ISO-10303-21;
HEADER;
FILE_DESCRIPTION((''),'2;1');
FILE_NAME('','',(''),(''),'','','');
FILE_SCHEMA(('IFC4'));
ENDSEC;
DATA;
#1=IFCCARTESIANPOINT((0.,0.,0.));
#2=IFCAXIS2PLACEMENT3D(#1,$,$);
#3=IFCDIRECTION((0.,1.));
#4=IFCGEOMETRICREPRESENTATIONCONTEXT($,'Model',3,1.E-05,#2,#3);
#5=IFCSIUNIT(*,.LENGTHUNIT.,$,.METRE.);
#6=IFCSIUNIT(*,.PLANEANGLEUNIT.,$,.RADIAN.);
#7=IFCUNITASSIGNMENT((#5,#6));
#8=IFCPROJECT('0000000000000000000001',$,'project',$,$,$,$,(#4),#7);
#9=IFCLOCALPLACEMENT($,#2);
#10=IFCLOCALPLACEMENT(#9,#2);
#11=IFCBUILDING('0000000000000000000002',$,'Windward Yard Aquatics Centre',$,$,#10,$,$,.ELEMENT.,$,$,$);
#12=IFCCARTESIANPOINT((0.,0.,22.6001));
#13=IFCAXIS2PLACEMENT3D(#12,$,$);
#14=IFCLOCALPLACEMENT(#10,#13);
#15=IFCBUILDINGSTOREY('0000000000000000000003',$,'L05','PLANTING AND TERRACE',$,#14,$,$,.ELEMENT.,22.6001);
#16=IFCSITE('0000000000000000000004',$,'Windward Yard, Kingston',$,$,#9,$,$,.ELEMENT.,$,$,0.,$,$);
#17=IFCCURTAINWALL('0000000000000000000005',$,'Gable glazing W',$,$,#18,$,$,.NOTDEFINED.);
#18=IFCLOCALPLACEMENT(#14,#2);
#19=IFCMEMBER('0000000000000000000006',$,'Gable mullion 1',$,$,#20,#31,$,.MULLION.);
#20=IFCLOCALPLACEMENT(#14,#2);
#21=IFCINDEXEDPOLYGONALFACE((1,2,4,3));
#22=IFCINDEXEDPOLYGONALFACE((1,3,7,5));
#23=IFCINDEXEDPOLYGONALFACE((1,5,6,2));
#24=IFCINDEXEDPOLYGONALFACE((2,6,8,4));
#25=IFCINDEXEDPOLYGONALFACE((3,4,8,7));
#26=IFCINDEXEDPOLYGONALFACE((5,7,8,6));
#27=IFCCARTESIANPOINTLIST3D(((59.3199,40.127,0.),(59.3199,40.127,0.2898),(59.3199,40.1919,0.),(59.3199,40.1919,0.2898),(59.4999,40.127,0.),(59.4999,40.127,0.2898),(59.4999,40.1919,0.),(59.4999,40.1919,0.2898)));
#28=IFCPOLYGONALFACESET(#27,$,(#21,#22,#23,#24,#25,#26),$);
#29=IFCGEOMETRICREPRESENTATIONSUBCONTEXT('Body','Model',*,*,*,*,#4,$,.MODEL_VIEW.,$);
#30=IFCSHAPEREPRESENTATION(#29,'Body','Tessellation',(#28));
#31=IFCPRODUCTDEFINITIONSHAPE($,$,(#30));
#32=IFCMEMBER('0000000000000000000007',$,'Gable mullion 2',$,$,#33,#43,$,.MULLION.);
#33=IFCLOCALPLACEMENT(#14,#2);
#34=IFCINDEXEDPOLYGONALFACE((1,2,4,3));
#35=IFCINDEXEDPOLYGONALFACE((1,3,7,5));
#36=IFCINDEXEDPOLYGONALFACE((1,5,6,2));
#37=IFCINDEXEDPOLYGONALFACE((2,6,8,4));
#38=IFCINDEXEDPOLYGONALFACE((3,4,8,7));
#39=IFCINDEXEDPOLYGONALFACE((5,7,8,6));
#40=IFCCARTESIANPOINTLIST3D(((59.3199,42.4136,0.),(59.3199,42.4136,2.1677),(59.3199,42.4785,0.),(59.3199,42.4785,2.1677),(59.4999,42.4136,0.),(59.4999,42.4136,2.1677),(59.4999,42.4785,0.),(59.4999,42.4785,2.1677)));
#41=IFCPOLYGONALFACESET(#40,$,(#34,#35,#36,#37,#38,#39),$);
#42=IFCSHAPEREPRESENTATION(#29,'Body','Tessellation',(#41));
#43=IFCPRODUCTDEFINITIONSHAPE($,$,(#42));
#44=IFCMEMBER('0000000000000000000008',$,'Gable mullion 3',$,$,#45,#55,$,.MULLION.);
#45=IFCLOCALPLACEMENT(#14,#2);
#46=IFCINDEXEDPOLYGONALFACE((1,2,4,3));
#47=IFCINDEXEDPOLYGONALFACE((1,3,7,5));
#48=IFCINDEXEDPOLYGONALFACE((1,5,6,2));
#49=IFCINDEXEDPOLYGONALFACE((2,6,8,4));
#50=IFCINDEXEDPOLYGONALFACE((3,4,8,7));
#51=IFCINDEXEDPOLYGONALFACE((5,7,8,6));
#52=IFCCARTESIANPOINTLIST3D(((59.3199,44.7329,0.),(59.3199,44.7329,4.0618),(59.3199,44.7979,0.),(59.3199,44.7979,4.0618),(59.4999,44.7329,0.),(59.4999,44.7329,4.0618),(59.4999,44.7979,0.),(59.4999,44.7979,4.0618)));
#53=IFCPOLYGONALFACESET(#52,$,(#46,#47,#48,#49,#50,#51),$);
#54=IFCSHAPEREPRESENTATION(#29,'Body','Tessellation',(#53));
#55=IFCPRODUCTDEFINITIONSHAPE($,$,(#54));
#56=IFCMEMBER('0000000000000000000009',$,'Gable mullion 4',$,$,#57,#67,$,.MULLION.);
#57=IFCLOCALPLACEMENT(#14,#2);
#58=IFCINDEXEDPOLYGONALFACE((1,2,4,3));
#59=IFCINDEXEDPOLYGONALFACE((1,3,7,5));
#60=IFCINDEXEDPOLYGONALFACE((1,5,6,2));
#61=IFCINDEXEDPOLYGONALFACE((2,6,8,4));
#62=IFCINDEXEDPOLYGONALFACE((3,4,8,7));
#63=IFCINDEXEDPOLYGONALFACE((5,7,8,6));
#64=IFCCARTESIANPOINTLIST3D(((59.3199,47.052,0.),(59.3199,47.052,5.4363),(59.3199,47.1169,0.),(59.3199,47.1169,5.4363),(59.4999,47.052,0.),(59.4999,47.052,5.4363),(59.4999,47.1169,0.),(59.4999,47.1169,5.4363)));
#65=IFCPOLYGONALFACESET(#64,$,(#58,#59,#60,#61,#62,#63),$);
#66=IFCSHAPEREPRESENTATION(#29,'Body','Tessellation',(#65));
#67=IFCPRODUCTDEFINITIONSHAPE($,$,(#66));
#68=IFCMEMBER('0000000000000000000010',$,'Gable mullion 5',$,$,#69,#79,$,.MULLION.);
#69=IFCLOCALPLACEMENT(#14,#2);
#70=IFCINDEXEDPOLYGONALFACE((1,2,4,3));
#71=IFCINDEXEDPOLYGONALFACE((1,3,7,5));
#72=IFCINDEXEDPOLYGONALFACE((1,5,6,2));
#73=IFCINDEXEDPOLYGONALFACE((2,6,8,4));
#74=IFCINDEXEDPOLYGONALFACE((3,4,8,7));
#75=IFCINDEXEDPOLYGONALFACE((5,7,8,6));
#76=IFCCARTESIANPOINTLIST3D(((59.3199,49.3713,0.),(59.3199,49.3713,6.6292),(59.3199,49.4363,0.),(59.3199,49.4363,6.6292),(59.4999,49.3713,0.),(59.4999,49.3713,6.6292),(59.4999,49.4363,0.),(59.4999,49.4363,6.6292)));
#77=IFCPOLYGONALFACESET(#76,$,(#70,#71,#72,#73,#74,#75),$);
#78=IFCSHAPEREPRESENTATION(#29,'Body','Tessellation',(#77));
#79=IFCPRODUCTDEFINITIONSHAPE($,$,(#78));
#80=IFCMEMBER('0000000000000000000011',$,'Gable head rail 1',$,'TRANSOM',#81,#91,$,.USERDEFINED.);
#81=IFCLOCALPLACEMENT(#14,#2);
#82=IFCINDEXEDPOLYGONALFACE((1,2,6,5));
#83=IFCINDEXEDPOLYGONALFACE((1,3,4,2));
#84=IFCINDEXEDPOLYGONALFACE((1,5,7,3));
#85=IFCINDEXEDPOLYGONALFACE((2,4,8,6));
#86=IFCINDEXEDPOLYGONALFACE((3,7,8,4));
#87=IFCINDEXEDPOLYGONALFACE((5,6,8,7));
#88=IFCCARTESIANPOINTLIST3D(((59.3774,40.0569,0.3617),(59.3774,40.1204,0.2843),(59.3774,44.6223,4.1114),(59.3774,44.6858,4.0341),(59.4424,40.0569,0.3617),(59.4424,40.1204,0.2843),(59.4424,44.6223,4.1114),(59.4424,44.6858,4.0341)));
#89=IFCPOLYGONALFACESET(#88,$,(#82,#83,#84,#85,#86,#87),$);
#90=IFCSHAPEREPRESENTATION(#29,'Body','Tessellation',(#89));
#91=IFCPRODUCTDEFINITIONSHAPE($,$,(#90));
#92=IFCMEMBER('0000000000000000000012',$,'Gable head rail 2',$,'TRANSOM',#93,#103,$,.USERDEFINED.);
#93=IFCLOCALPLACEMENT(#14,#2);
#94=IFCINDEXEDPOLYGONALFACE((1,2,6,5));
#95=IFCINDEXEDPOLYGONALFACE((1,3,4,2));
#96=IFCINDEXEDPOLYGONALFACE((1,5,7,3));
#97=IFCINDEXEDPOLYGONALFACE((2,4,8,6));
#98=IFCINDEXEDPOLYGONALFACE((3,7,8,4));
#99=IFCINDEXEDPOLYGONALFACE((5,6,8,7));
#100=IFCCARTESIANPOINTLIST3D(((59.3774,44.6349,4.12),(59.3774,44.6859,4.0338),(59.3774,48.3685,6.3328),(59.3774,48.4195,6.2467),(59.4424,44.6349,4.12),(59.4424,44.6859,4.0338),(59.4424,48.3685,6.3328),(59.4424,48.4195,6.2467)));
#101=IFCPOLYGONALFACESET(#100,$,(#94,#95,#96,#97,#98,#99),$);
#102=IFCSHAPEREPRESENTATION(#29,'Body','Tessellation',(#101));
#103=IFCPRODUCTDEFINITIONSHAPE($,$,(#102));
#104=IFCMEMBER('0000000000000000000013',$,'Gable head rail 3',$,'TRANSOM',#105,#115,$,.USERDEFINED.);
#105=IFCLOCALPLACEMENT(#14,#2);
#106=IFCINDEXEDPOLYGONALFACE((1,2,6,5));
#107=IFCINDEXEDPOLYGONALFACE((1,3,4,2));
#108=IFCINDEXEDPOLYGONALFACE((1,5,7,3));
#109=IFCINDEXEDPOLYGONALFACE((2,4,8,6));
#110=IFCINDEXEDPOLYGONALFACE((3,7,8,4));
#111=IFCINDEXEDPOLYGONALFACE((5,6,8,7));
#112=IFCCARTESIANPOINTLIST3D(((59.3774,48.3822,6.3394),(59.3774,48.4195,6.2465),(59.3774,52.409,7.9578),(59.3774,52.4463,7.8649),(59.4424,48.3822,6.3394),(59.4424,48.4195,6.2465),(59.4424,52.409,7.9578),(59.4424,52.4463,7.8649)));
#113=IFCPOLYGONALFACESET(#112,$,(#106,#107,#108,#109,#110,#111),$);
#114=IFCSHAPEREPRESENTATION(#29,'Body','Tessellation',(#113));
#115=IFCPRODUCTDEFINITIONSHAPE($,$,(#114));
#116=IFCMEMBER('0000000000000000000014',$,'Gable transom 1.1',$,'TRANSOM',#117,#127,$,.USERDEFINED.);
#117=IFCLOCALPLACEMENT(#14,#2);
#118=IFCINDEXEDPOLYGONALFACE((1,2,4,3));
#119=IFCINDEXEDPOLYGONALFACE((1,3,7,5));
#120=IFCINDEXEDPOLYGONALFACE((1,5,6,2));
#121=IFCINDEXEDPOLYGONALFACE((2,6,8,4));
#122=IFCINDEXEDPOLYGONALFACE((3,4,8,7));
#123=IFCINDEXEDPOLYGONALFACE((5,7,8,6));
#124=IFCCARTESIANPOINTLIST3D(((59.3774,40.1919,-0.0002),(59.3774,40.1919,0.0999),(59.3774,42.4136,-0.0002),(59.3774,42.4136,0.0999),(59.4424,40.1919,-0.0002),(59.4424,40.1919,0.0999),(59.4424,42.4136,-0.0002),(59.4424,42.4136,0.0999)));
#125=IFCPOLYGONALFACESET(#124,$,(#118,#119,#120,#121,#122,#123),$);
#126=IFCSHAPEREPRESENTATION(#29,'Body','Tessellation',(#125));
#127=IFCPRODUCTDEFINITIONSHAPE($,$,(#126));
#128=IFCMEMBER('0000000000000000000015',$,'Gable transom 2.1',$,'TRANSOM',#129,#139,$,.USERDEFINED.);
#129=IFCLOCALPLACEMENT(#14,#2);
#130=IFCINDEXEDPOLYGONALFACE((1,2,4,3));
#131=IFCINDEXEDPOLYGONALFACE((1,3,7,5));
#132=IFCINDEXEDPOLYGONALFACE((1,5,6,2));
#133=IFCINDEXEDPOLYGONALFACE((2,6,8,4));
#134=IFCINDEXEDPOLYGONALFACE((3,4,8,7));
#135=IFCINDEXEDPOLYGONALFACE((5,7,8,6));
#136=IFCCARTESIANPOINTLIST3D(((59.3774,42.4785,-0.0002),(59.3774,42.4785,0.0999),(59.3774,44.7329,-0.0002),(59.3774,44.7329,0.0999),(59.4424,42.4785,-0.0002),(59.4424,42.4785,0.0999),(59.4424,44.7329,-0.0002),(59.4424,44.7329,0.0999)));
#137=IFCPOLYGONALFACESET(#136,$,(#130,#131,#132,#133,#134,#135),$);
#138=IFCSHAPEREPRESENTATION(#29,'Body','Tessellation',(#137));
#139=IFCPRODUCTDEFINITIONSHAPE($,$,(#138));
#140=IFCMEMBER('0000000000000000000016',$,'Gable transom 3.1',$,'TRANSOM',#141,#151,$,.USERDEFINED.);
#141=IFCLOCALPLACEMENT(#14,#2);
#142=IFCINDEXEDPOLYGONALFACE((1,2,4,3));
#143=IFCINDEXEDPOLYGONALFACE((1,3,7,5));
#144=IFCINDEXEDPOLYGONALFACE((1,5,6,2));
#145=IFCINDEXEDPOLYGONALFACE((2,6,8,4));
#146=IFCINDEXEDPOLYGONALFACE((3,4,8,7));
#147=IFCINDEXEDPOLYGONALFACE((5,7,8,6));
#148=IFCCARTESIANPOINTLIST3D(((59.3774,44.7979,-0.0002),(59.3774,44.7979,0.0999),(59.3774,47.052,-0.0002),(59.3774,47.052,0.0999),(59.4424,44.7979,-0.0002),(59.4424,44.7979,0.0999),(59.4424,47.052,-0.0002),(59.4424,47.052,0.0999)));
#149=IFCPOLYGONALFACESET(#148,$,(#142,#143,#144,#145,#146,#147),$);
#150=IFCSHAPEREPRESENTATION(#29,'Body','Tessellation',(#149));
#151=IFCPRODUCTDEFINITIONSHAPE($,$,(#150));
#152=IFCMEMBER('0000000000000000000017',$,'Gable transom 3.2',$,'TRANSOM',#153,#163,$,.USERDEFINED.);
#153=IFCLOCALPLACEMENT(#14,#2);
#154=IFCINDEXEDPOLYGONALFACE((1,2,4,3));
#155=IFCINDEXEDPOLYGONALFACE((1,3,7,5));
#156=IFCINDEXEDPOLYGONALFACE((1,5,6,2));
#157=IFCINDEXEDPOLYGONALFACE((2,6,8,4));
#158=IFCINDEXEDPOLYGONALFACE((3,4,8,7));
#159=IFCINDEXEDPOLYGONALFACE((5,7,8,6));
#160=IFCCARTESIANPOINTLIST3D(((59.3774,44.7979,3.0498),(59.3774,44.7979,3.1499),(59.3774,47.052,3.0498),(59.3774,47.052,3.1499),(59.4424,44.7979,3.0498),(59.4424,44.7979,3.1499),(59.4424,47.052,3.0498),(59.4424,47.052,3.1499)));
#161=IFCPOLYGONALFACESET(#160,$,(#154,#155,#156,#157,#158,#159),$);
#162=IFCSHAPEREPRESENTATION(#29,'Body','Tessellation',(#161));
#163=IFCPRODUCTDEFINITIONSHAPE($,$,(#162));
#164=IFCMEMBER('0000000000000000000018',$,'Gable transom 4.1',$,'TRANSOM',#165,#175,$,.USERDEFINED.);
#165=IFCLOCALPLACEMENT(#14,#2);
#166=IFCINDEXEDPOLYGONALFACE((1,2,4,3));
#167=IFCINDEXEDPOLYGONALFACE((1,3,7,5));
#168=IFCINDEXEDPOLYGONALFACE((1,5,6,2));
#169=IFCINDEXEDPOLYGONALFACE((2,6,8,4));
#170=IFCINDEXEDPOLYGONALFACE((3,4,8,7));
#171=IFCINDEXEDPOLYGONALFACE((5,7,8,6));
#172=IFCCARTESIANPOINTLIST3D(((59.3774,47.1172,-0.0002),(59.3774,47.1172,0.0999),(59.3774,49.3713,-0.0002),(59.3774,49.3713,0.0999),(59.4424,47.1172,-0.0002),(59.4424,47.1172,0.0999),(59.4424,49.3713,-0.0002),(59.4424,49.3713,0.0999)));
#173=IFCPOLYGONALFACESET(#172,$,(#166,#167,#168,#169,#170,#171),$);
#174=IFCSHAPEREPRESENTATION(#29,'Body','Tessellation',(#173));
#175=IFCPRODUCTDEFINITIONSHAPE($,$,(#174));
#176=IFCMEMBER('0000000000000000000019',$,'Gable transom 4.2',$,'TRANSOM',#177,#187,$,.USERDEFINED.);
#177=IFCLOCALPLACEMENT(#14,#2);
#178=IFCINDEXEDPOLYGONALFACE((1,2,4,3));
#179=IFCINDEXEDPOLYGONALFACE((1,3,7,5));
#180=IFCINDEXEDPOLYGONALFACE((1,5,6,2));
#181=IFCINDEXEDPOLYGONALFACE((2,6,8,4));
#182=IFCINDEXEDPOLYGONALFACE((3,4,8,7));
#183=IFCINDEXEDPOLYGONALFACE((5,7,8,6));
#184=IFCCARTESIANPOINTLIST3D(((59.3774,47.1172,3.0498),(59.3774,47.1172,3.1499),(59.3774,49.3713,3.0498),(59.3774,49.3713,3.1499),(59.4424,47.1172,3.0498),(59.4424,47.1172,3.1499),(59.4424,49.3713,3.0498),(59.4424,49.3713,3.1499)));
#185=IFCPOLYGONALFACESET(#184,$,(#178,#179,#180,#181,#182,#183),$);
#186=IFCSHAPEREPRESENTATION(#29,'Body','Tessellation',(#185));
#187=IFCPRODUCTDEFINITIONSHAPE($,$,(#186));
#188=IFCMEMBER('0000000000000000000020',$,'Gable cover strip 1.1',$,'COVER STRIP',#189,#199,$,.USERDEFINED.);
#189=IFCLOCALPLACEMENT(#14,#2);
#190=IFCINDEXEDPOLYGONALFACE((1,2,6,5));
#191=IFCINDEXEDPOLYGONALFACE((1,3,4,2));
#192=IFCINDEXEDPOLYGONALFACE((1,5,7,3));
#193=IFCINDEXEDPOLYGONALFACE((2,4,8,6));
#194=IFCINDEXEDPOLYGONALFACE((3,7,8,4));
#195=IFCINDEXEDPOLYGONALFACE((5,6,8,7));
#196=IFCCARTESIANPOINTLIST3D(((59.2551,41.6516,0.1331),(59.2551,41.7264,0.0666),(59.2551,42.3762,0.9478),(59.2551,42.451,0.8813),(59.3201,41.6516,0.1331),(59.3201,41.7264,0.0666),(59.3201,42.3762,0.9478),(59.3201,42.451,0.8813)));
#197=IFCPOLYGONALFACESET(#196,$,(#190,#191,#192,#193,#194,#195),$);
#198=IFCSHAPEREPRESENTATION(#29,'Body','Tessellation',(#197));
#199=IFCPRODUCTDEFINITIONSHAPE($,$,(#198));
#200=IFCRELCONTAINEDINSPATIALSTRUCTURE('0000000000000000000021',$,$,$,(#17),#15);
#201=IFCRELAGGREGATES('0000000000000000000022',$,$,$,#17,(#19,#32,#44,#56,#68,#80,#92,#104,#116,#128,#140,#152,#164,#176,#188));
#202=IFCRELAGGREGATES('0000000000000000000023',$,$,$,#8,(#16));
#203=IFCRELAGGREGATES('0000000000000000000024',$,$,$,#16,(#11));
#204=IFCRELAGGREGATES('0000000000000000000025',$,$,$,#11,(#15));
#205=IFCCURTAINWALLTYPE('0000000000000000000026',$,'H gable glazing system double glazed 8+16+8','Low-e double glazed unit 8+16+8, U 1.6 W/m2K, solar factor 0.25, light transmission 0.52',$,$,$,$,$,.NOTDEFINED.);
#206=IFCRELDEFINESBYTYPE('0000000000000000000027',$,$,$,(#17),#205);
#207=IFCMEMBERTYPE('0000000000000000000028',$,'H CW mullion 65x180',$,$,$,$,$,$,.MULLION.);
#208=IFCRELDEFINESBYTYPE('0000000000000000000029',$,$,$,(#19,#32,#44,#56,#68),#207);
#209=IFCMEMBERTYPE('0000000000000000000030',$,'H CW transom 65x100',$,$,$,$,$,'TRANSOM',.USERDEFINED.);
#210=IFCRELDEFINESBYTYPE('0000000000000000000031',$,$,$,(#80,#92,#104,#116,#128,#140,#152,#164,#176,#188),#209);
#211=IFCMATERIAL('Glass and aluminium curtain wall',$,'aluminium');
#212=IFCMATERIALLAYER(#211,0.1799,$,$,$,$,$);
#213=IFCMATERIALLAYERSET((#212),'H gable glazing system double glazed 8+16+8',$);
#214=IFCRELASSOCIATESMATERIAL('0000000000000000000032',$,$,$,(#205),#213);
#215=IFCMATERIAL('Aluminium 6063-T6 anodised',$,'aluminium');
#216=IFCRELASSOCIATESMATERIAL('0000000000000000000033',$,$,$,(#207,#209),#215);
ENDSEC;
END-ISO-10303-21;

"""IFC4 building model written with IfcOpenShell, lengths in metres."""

from ifc_helpers import new_model, si_unit, direction, frame, origin, origin_2d, place, context, subcontext, project, spatial, rectangle, extrude, material, layer, layer_set, material_profile, profile_set, type_object, element, aggregate, save


model = new_model("IFC4")

# Units and contexts
model_context = context("Model", 3, precision=1e-05, world=origin(), true_north=direction((0.0, 1.0)))
body_context = subcontext(model_context, "Body", "Model", "MODEL_VIEW")
ifc_project = project(units=[si_unit("LENGTHUNIT", "METRE"), si_unit("PLANEANGLEUNIT", "RADIAN")], contexts=[model_context])

# Site, building, storey
site_placement = place(None, origin())
site = spatial("IfcSite", under=ifc_project, at=site_placement, Name="Windward Yard, Kingston", CompositionType="ELEMENT", RefElevation=0.0)
building_placement = place(site_placement, origin())
building = spatial("IfcBuilding", under=site, at=building_placement, Name="Windward Yard Aquatics Centre", CompositionType="ELEMENT")
storey_placement = place(building_placement, frame((0.0, 0.0, 22.6001)))
storey = spatial("IfcBuildingStorey", under=building, at=storey_placement, Name="L05", Description="PLANTING AND TERRACE", CompositionType="ELEMENT", Elevation=22.6001)

# Curtain wall, members
ifc_material_1 = material(Name="Glass and aluminium curtain wall", Category="aluminium")
ifc_layer_1 = layer(ifc_material_1, 0.1799)
ifc_layer_set_1 = layer_set([ifc_layer_1], Name="H gable glazing system double glazed 8+16+8")
curtain_wall_type = type_object("IfcCurtainWallType", Name="H gable glazing system double glazed 8+16+8", Description="Low-e double glazed unit 8+16+8, U 1.6 W/m2K, solar factor 0.25, light transmission 0.52", PredefinedType="NOTDEFINED", material=ifc_layer_set_1)
curtain_wall_placement = place(storey_placement, origin())
curtain_wall = element("IfcCurtainWall", 1, at=curtain_wall_placement, inside=storey, type_object=curtain_wall_type, Name="Gable glazing W", PredefinedType="NOTDEFINED")
ifc_material_2 = material(Name="Aluminium 6063-T6 anodised", Category="aluminium")
ifc_material_profile_1 = material_profile(ifc_material_2, rectangle(XDim=0.0649, YDim=0.1799, at=origin_2d()), Name="H CW mullion 65x180")
ifc_profile_set_1 = profile_set([ifc_material_profile_1], Name="Aluminium 6063-T6 anodised")
member_type_1 = type_object("IfcMemberType", Name="H CW mullion 65x180", PredefinedType="MULLION", material=ifc_profile_set_1)
member_1_placement = place(storey_placement, frame((59.4099, 40.1594, 0.0), z_axis=(0.0, 0.0, 1.0), x_axis=(0.0, 1.0, 0.0)))
member_1 = element("IfcMember", 2, at=member_1_placement, type_object=member_type_1, Name="Gable mullion 1", PredefinedType="MULLION", context=body_context, shape_type="SweptSolid", body=[
    extrude(rectangle(XDim=0.0649, YDim=0.1799, at=origin_2d()), origin(), (0.0, 0.0, 1.0), 0.2898),
])
member_2_placement = place(storey_placement, frame((59.4099, 42.446, 0.0), z_axis=(0.0, 0.0, 1.0), x_axis=(0.0, 1.0, 0.0)))
member_2 = element("IfcMember", 3, at=member_2_placement, type_object=member_type_1, Name="Gable mullion 2", PredefinedType="MULLION", context=body_context, shape_type="SweptSolid", body=[
    extrude(rectangle(XDim=0.0649, YDim=0.1799, at=origin_2d()), origin(), (0.0, 0.0, 1.0), 2.1677),
])
member_3_placement = place(storey_placement, frame((59.4099, 44.7654, 0.0), z_axis=(0.0, 0.0, 1.0), x_axis=(0.0, 1.0, 0.0)))
member_3 = element("IfcMember", 4, at=member_3_placement, type_object=member_type_1, Name="Gable mullion 3", PredefinedType="MULLION", context=body_context, shape_type="SweptSolid", body=[
    extrude(rectangle(XDim=0.0649, YDim=0.1799, at=origin_2d()), origin(), (0.0, 0.0, 1.0), 4.0618),
])
member_4_placement = place(storey_placement, frame((59.4099, 47.0845, 0.0), z_axis=(0.0, 0.0, 1.0), x_axis=(0.0, 1.0, 0.0)))
member_4 = element("IfcMember", 5, at=member_4_placement, type_object=member_type_1, Name="Gable mullion 4", PredefinedType="MULLION", context=body_context, shape_type="SweptSolid", body=[
    extrude(rectangle(XDim=0.0649, YDim=0.1799, at=origin_2d()), origin(), (0.0, 0.0, 1.0), 5.4363),
])
member_5_placement = place(storey_placement, frame((59.4099, 49.4038, 0.0), z_axis=(0.0, 0.0, 1.0), x_axis=(0.0, 1.0, 0.0)))
member_5 = element("IfcMember", 6, at=member_5_placement, type_object=member_type_1, Name="Gable mullion 5", PredefinedType="MULLION", context=body_context, shape_type="SweptSolid", body=[
    extrude(rectangle(XDim=0.0649, YDim=0.1799, at=origin_2d()), origin(), (0.0, 0.0, 1.0), 6.6292),
])
ifc_material_profile_2 = material_profile(ifc_material_2, rectangle(XDim=0.0649, YDim=0.1001, at=origin_2d()), Name="H CW transom 65x100")
ifc_profile_set_2 = profile_set([ifc_material_profile_2], Name="Aluminium 6063-T6 anodised")
member_type_2 = type_object("IfcMemberType", Name="H CW transom 65x100", ElementType="TRANSOM", PredefinedType="USERDEFINED", material=ifc_profile_set_2)
member_6_placement = place(storey_placement, frame((59.4099, 40.0886, 0.323), z_axis=(0.0, 0.772761, 0.634697), x_axis=(-1.0, 0.0, 0.0)))
member_6 = element("IfcMember", 7, at=member_6_placement, type_object=member_type_2, Name="Gable head rail 1", ObjectType="TRANSOM", PredefinedType="USERDEFINED", context=body_context, shape_type="SweptSolid", body=[
    extrude(rectangle(XDim=0.0649, YDim=0.1001, at=origin_2d()), origin(), (0.0, 0.0, 1.0), 5.908),
])
member_7_placement = place(storey_placement, frame((59.4099, 44.6604, 4.0769), z_axis=(0.0, 0.860255, 0.509864), x_axis=(-1.0, 0.0, 0.0)))
member_7 = element("IfcMember", 8, at=member_7_placement, type_object=member_type_2, Name="Gable head rail 2", ObjectType="TRANSOM", PredefinedType="USERDEFINED", context=body_context, shape_type="SweptSolid", body=[
    extrude(rectangle(XDim=0.0649, YDim=0.1001, at=origin_2d()), origin(), (0.0, 0.0, 1.0), 4.3401),
])
member_8_placement = place(storey_placement, frame((59.4099, 48.4009, 6.293), z_axis=(0.0, 0.927866, 0.372913), x_axis=(-1.0, 0.0, 0.0)))
member_8 = element("IfcMember", 9, at=member_8_placement, type_object=member_type_2, Name="Gable head rail 3", ObjectType="TRANSOM", PredefinedType="USERDEFINED", context=body_context, shape_type="SweptSolid", body=[
    extrude(rectangle(XDim=0.0649, YDim=0.1001, at=origin_2d()), origin(), (0.0, 0.0, 1.0), 4.3398),
])
member_9_placement = place(storey_placement, frame((59.4099, 40.1919, 0.0498), z_axis=(0.0, 1.0, 0.0), x_axis=(-1.0, 0.0, 0.0)))
member_9 = element("IfcMember", 10, at=member_9_placement, type_object=member_type_2, Name="Gable transom 1.1", ObjectType="TRANSOM", PredefinedType="USERDEFINED", context=body_context, shape_type="SweptSolid", body=[
    extrude(rectangle(XDim=0.0649, YDim=0.1001, at=origin_2d()), origin(), (0.0, 0.0, 1.0), 2.2217),
])
member_10_placement = place(storey_placement, frame((59.4099, 42.4785, 0.0498), z_axis=(0.0, 1.0, 0.0), x_axis=(-1.0, 0.0, 0.0)))
member_10 = element("IfcMember", 11, at=member_10_placement, type_object=member_type_2, Name="Gable transom 2.1", ObjectType="TRANSOM", PredefinedType="USERDEFINED", context=body_context, shape_type="SweptSolid", body=[
    extrude(rectangle(XDim=0.0649, YDim=0.1001, at=origin_2d()), origin(), (0.0, 0.0, 1.0), 2.2544),
])
member_11_placement = place(storey_placement, frame((59.4099, 44.7979, 0.0498), z_axis=(0.0, 1.0, 0.0), x_axis=(-1.0, 0.0, 0.0)))
member_11 = element("IfcMember", 12, at=member_11_placement, type_object=member_type_2, Name="Gable transom 3.1", ObjectType="TRANSOM", PredefinedType="USERDEFINED", context=body_context, shape_type="SweptSolid", body=[
    extrude(rectangle(XDim=0.0649, YDim=0.1001, at=origin_2d()), origin(), (0.0, 0.0, 1.0), 2.2542),
])
member_12_placement = place(storey_placement, frame((59.4099, 44.7979, 3.0999), z_axis=(0.0, 1.0, 0.0), x_axis=(-1.0, 0.0, 0.0)))
member_12 = element("IfcMember", 13, at=member_12_placement, type_object=member_type_2, Name="Gable transom 3.2", ObjectType="TRANSOM", PredefinedType="USERDEFINED", context=body_context, shape_type="SweptSolid", body=[
    extrude(rectangle(XDim=0.0649, YDim=0.1001, at=origin_2d()), origin(), (0.0, 0.0, 1.0), 2.2542),
])
member_13_placement = place(storey_placement, frame((59.4099, 47.1172, 0.0498), z_axis=(0.0, 1.0, 0.0), x_axis=(-1.0, 0.0, 0.0)))
member_13 = element("IfcMember", 14, at=member_13_placement, type_object=member_type_2, Name="Gable transom 4.1", ObjectType="TRANSOM", PredefinedType="USERDEFINED", context=body_context, shape_type="SweptSolid", body=[
    extrude(rectangle(XDim=0.0649, YDim=0.1001, at=origin_2d()), origin(), (0.0, 0.0, 1.0), 2.2542),
])
member_14_placement = place(storey_placement, frame((59.4099, 47.1172, 3.0999), z_axis=(0.0, 1.0, 0.0), x_axis=(-1.0, 0.0, 0.0)))
member_14 = element("IfcMember", 15, at=member_14_placement, type_object=member_type_2, Name="Gable transom 4.2", ObjectType="TRANSOM", PredefinedType="USERDEFINED", context=body_context, shape_type="SweptSolid", body=[
    extrude(rectangle(XDim=0.0649, YDim=0.1001, at=origin_2d()), origin(), (0.0, 0.0, 1.0), 2.2542),
])
member_15_placement = place(storey_placement, frame((59.2876, 41.689, 0.0999), z_axis=(0.0, 0.664586, 0.747212), x_axis=(-1.0, 0.0, 0.0)))
member_15 = element("IfcMember", 16, at=member_15_placement, type_object=member_type_2, Name="Gable cover strip 1.1", ObjectType="COVER STRIP", PredefinedType="USERDEFINED", context=body_context, shape_type="SweptSolid", body=[
    extrude(rectangle(XDim=0.0649, YDim=0.1001, at=origin_2d()), origin(), (0.0, 0.0, 1.0), 1.0903),
])

aggregate(curtain_wall, [member_1, member_2, member_3, member_4, member_5, member_6, member_7, member_8, member_9, member_10, member_11, member_12, member_13, member_14, member_15])

save(model, "model.ifc")
